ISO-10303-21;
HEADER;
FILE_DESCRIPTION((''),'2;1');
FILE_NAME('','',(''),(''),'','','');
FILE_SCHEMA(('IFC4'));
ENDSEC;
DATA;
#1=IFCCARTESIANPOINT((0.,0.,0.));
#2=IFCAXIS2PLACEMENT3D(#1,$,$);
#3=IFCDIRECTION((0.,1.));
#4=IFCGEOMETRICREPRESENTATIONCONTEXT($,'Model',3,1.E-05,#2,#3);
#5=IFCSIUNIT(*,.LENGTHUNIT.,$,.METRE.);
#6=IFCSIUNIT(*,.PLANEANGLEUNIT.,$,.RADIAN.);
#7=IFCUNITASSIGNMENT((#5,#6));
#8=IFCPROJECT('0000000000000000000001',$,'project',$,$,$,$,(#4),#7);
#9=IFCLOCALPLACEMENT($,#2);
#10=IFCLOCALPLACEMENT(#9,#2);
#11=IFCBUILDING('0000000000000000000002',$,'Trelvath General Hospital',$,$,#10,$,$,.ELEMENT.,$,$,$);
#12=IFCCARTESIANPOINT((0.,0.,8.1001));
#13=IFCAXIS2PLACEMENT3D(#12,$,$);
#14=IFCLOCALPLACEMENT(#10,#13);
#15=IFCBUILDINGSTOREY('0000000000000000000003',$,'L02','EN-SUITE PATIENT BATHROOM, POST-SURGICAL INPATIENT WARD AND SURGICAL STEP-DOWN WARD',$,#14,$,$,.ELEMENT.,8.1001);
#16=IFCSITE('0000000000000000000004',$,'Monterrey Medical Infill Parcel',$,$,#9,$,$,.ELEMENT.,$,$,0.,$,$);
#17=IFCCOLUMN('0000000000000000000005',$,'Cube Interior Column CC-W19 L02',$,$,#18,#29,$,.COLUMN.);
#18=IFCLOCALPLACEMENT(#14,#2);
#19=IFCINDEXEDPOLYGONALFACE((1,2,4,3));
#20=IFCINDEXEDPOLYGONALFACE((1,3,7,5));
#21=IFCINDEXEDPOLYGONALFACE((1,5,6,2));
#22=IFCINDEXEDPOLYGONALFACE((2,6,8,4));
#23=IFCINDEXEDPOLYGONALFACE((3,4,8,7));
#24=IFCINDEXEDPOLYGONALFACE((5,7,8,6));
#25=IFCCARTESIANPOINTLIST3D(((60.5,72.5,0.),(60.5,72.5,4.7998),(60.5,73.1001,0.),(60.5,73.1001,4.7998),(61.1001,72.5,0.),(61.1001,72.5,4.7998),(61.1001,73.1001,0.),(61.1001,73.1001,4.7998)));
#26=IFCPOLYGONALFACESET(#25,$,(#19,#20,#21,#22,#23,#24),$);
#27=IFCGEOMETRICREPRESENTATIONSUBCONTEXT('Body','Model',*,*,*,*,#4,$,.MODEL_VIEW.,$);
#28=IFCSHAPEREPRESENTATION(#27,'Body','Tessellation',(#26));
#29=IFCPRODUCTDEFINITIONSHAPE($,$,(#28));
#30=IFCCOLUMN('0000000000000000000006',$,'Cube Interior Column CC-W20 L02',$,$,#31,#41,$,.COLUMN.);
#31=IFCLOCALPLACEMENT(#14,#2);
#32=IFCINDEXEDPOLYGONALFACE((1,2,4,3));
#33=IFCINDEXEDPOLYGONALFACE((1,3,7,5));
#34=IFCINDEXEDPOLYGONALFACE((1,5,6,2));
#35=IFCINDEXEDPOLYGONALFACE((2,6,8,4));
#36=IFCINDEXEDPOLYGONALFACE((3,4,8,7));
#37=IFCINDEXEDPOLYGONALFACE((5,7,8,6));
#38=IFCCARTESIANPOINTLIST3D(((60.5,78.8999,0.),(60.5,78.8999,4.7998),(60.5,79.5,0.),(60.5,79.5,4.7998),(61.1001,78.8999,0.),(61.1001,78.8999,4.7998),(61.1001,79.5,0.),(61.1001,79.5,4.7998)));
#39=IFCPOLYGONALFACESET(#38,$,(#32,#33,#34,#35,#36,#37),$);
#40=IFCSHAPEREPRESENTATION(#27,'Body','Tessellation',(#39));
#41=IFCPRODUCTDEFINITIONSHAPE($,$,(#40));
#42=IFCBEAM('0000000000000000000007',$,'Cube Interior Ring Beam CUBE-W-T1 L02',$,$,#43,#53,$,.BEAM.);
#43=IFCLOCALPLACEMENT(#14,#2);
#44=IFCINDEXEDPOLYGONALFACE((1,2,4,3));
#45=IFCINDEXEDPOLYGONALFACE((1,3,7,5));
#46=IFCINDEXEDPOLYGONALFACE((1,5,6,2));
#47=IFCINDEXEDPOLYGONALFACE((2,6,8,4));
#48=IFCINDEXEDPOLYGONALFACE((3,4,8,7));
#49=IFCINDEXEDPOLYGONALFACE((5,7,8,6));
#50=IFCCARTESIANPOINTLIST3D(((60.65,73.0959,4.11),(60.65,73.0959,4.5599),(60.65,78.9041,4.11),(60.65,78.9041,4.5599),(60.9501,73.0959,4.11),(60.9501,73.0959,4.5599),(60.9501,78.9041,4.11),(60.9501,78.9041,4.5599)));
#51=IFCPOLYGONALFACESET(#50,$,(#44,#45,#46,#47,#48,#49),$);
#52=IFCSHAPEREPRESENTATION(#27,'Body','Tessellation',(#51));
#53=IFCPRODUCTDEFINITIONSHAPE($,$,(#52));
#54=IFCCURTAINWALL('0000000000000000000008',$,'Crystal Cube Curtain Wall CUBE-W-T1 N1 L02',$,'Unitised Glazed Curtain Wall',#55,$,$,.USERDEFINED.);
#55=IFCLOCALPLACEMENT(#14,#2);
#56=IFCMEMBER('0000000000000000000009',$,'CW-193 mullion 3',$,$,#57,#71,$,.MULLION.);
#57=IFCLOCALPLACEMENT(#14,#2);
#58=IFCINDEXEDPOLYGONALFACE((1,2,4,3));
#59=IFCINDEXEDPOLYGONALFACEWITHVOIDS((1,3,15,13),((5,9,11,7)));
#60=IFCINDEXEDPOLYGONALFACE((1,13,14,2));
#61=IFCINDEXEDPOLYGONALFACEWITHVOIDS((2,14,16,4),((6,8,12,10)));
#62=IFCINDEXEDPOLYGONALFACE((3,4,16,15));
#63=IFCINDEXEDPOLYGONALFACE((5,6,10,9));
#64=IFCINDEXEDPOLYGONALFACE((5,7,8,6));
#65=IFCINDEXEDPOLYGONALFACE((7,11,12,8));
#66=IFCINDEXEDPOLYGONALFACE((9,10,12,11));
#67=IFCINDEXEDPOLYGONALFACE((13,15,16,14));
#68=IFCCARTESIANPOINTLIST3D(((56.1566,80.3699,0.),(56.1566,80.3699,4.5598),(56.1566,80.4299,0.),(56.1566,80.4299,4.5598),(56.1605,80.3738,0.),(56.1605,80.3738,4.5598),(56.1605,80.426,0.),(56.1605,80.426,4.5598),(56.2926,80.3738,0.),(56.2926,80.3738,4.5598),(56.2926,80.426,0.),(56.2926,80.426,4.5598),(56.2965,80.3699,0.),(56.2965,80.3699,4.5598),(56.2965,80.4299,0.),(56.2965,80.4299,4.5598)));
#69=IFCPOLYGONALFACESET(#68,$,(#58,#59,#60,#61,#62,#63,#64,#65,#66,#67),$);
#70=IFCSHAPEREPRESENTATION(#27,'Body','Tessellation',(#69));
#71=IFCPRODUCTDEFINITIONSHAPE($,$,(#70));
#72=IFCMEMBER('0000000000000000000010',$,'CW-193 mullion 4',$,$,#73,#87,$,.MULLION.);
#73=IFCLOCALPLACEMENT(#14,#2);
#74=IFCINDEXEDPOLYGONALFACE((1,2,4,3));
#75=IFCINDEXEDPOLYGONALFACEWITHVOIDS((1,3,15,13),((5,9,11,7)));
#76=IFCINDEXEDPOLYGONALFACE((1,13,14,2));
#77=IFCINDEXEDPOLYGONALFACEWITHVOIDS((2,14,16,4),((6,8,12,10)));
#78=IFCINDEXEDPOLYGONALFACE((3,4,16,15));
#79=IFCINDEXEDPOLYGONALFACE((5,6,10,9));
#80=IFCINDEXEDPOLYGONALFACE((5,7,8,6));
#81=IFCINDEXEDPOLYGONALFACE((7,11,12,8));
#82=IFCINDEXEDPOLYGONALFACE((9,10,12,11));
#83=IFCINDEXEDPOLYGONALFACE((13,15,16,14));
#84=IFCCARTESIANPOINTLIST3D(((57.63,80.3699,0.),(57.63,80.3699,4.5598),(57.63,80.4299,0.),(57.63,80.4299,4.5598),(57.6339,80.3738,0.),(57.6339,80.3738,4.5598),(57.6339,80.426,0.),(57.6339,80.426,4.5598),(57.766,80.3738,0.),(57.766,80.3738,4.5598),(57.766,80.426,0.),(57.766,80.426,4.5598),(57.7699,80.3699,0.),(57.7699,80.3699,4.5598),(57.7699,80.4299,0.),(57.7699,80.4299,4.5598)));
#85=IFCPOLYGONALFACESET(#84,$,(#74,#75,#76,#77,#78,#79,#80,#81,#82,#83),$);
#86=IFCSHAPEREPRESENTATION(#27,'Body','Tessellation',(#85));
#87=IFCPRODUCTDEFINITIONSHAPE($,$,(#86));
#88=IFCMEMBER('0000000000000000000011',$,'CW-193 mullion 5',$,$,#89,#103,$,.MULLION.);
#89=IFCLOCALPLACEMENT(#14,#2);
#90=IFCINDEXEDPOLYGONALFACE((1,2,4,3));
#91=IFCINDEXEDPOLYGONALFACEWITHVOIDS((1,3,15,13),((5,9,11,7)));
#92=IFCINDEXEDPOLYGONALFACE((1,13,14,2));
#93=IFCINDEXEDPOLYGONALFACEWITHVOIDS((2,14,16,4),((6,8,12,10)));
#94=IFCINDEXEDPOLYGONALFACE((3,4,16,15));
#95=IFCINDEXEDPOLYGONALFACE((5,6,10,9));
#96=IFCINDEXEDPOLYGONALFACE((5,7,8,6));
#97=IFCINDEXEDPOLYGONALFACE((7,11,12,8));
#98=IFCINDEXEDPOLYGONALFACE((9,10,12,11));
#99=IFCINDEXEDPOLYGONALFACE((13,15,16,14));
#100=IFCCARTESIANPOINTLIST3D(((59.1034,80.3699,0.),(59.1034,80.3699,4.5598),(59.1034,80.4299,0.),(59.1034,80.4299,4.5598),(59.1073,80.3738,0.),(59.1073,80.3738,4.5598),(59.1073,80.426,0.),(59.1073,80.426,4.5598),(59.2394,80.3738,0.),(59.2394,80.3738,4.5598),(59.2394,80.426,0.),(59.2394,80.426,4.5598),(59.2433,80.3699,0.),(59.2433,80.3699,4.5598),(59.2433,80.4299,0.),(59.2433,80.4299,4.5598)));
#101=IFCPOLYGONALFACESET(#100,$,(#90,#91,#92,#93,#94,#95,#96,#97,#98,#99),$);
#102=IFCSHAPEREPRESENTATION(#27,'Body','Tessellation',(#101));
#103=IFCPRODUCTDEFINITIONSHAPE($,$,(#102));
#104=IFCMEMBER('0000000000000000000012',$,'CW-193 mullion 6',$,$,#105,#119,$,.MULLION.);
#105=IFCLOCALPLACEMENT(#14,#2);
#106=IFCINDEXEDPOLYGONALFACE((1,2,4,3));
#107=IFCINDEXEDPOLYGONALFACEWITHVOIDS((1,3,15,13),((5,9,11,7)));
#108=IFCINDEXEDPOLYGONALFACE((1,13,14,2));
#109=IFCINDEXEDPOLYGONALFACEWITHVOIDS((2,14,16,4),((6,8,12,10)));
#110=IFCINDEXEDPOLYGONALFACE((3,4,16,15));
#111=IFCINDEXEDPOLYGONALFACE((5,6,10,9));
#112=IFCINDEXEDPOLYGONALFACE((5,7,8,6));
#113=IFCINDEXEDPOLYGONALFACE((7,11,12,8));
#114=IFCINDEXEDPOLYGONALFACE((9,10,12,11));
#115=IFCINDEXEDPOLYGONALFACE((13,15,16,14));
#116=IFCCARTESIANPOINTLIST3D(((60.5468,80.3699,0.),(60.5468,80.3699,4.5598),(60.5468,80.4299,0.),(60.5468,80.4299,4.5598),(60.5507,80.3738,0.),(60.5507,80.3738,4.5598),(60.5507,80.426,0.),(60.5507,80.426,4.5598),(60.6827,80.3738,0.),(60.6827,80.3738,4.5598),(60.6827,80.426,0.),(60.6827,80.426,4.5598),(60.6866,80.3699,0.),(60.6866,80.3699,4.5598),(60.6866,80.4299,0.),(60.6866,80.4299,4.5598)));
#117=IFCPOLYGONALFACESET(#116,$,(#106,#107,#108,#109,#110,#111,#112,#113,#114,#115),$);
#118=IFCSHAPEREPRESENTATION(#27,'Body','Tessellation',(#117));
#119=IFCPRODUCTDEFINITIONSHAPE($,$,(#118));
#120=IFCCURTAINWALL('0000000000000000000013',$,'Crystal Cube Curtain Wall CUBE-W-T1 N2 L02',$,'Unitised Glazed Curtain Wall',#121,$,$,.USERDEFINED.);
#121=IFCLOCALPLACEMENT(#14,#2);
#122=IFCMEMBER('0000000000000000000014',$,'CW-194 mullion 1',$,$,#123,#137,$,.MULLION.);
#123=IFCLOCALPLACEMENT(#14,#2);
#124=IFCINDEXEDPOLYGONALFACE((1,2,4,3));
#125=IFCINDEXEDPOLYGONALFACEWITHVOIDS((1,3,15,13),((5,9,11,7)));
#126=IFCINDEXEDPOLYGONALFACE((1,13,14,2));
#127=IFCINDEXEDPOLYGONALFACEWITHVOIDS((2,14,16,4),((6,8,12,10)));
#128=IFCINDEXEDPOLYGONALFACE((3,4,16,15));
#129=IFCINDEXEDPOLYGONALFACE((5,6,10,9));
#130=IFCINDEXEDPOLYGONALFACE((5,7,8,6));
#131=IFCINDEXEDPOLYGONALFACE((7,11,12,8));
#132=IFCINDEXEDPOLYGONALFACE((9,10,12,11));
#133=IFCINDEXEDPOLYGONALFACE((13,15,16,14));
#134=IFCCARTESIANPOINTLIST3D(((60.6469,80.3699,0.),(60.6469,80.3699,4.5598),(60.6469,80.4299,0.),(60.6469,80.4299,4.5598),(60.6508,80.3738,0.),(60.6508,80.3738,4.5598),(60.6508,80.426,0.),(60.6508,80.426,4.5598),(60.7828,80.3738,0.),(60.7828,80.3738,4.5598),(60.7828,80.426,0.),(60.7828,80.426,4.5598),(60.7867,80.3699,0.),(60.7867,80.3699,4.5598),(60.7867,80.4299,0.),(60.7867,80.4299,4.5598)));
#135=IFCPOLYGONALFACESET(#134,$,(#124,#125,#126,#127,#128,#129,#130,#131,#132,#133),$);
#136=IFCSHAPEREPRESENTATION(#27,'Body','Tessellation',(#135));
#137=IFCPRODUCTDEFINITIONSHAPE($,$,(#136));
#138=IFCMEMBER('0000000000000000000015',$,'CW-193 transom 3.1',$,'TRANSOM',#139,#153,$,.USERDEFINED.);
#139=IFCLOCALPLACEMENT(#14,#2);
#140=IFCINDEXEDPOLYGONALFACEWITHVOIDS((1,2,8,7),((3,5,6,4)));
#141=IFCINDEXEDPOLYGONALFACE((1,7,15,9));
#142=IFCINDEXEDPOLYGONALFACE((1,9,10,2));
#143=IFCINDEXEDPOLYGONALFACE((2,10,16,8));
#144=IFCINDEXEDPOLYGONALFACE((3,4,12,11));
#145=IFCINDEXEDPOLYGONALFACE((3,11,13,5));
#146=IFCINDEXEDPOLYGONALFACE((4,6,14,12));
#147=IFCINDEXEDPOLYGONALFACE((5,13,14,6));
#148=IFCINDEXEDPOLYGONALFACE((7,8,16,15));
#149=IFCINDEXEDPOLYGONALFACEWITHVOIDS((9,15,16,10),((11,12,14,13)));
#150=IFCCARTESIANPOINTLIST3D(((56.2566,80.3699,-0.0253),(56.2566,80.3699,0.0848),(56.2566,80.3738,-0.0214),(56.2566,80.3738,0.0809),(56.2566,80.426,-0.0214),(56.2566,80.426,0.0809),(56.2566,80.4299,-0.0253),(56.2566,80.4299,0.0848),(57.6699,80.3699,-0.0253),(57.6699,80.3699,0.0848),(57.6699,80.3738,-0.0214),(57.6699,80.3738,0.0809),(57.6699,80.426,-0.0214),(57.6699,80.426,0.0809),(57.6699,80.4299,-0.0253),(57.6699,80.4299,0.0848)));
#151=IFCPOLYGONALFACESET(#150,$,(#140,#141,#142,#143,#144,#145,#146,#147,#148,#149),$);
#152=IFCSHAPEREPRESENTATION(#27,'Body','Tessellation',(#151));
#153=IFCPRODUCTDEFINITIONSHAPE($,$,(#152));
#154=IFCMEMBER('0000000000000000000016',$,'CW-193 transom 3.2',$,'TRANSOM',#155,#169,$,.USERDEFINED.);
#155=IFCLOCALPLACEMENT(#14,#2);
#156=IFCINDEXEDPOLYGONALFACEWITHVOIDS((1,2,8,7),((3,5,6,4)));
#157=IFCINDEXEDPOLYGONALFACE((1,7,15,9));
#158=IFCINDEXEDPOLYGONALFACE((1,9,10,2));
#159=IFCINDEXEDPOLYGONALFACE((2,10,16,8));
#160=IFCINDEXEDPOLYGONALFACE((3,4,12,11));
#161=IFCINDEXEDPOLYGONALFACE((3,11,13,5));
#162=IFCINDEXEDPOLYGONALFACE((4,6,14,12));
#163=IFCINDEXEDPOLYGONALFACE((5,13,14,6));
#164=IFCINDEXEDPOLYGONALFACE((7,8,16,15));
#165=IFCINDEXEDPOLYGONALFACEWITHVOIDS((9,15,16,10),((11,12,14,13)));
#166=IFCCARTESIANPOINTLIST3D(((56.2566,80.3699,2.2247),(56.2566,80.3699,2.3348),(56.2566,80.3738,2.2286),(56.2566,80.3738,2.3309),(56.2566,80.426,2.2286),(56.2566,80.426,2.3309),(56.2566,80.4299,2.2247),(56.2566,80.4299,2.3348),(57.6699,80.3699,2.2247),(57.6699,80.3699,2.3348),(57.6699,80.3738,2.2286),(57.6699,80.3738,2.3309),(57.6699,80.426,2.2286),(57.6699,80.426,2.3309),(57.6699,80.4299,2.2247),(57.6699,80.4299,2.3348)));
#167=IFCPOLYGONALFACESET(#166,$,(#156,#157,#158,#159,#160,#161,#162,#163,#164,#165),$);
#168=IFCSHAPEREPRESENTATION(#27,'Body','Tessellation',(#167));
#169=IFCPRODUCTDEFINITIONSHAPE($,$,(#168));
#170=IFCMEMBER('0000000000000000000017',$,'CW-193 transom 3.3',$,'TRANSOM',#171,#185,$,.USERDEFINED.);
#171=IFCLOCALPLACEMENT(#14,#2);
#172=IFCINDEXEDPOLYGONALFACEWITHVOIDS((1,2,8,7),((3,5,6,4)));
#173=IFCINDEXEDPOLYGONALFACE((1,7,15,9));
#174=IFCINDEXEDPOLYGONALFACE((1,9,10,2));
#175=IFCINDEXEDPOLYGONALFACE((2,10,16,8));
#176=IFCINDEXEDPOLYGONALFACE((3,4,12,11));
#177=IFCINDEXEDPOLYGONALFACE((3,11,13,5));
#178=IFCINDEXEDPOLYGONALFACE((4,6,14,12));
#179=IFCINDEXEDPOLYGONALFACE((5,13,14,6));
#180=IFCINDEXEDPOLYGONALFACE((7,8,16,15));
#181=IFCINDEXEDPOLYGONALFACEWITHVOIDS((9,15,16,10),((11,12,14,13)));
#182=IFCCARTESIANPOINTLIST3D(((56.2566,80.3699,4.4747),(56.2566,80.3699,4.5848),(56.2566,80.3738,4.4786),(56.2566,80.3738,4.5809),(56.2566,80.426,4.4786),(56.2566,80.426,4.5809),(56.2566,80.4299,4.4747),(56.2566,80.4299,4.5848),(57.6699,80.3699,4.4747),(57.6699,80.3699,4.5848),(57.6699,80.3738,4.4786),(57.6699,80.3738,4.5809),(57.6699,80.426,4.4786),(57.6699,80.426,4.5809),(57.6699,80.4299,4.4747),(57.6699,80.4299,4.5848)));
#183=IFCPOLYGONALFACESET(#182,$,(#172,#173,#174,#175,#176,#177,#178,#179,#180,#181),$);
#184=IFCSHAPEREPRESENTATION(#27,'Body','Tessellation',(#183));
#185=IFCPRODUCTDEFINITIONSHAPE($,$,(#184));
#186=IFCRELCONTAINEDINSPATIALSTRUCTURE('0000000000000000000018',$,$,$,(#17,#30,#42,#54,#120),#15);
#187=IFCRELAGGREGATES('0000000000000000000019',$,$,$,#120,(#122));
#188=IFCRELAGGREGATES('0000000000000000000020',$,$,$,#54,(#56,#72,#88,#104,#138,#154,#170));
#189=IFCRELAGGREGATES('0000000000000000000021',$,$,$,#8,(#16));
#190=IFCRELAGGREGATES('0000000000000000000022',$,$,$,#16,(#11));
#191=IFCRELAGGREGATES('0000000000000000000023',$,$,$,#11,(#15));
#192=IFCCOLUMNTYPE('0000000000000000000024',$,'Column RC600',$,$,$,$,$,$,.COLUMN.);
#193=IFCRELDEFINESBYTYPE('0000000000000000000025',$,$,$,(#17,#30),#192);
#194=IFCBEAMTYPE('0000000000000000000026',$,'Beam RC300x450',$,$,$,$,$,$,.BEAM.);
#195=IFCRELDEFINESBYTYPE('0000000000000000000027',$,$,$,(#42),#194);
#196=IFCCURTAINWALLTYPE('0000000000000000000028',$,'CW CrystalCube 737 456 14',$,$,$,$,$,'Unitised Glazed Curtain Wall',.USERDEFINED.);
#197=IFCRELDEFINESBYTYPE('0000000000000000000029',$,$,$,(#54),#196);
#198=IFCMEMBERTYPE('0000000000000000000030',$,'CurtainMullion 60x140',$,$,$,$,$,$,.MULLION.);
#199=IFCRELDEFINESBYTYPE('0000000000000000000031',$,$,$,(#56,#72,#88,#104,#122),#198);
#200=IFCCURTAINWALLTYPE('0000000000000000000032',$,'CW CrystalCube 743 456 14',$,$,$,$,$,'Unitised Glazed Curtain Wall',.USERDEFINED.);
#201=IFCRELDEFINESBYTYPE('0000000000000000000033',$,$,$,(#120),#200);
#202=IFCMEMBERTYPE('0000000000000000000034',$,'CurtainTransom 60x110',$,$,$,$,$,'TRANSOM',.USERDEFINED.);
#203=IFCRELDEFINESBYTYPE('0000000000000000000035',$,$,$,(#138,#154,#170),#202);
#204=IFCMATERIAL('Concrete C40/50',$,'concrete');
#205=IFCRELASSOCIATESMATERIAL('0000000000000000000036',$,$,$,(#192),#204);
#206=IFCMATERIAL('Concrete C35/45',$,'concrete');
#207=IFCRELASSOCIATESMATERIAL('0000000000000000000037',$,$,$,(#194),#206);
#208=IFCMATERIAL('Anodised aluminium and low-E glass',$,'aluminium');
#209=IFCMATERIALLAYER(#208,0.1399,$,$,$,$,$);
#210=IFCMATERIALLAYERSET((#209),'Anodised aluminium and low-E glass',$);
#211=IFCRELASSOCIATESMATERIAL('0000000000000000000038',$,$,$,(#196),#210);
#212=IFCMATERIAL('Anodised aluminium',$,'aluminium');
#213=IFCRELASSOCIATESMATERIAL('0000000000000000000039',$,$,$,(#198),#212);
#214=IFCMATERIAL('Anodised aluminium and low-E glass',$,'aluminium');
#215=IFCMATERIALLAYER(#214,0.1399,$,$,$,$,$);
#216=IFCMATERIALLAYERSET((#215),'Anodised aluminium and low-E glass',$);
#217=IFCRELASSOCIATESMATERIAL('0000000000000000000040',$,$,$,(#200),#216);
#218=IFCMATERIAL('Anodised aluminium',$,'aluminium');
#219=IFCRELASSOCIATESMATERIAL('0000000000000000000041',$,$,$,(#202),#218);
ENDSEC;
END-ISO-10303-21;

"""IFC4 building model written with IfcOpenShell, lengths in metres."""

from ifc_helpers import new_model, si_unit, direction, frame, origin, origin_2d, place, context, subcontext, project, spatial, rectangle, hollow_rectangle, extrude, material, layer, layer_set, material_profile, profile_set, type_object, element, aggregate, save


model = new_model("IFC4")

# Units and contexts
model_context = context("Model", 3, precision=1e-05, world=origin(), true_north=direction((0.0, 1.0)))
body_context = subcontext(model_context, "Body", "Model", "MODEL_VIEW")
ifc_project = project(units=[si_unit("LENGTHUNIT", "METRE"), si_unit("PLANEANGLEUNIT", "RADIAN")], contexts=[model_context])

# Site, building, storey
site_placement = place(None, origin())
site = spatial("IfcSite", under=ifc_project, at=site_placement, Name="Monterrey Medical Infill Parcel", CompositionType="ELEMENT", RefElevation=0.0)
building_placement = place(site_placement, origin())
building = spatial("IfcBuilding", under=site, at=building_placement, Name="Trelvath General Hospital", CompositionType="ELEMENT")
storey_placement = place(building_placement, frame((0.0, 0.0, 8.1001)))
storey = spatial("IfcBuildingStorey", under=building, at=storey_placement, Name="L02", Description="EN-SUITE PATIENT BATHROOM, POST-SURGICAL INPATIENT WARD AND SURGICAL STEP-DOWN WARD", CompositionType="ELEMENT", Elevation=8.1001)

# Columns
ifc_material_1 = material(Name="Concrete C40/50", Category="concrete")
ifc_material_profile_1 = material_profile(ifc_material_1, rectangle(XDim=0.6001, YDim=0.6001, at=origin_2d()), Name="RC600x600")
ifc_profile_set_1 = profile_set([ifc_material_profile_1], Name="Concrete C40/50")
column_type = type_object("IfcColumnType", Name="Column RC600", PredefinedType="COLUMN", material=ifc_profile_set_1)
for number, where, z_axis, x_axis, name in (
    (1, (60.8, 72.8, 0.0), (0.0, 0.0, 1.0), (1.0, 0.0, 0.0), "Cube Interior Column CC-W19 L02"),
    (2, (60.8, 79.2, 0.0), (0.0, 0.0, 1.0), (1.0, 0.0, 0.0), "Cube Interior Column CC-W20 L02"),
):
    element("IfcColumn", number, at=place(storey_placement, frame(where, z_axis=z_axis, x_axis=x_axis)), inside=storey, type_object=column_type, Name=name, PredefinedType="COLUMN", context=body_context, shape_type="SweptSolid", body=[
        extrude(rectangle(XDim=0.6001, YDim=0.6001, at=origin_2d()), origin(), (0.0, 0.0, 1.0), 4.7998),
    ])

# Beam
ifc_material_2 = material(Name="Concrete C35/45", Category="concrete")
ifc_material_profile_2 = material_profile(ifc_material_2, rectangle(XDim=0.3, YDim=0.45, at=origin_2d()), Name="RCB300x450")
ifc_profile_set_2 = profile_set([ifc_material_profile_2], Name="Concrete C35/45")
beam_type = type_object("IfcBeamType", Name="Beam RC300x450", PredefinedType="BEAM", material=ifc_profile_set_2)
beam_placement = place(storey_placement, frame((60.8, 73.0959, 4.335), z_axis=(0.0, 1.0, 0.0), x_axis=(-1.0, 0.0, 0.0)))
element("IfcBeam", 3, at=beam_placement, inside=storey, type_object=beam_type, Name="Cube Interior Ring Beam CUBE-W-T1 L02", PredefinedType="BEAM", context=body_context, shape_type="SweptSolid", body=[
    extrude(rectangle(XDim=0.3, YDim=0.45, at=origin_2d()), origin(), (0.0, 0.0, 1.0), 5.8081),
])

# Curtain wall, members
ifc_material_3 = material(Name="Anodised aluminium and low-E glass", Category="aluminium")
ifc_layer_1 = layer(ifc_material_3, 0.1399)
ifc_layer_set_1 = layer_set([ifc_layer_1], Name="Anodised aluminium and low-E glass")
curtain_wall_type_1 = type_object("IfcCurtainWallType", Name="CW CrystalCube 737 456 14", ElementType="Unitised Glazed Curtain Wall", PredefinedType="USERDEFINED", material=ifc_layer_set_1)
curtain_wall_1_placement = place(storey_placement, origin())
curtain_wall_1 = element("IfcCurtainWall", 4, at=curtain_wall_1_placement, inside=storey, type_object=curtain_wall_type_1, Name="Crystal Cube Curtain Wall CUBE-W-T1 N1 L02", ObjectType="Unitised Glazed Curtain Wall", PredefinedType="USERDEFINED")
ifc_material_4 = material(Name="Anodised aluminium", Category="aluminium")
ifc_material_profile_3 = material_profile(ifc_material_4, hollow_rectangle(XDim=0.0601, YDim=0.1399, WallThickness=0.0039, at=origin_2d()), Name="RHS60x140x4")
ifc_profile_set_3 = profile_set([ifc_material_profile_3], Name="Anodised aluminium")
member_type_1 = type_object("IfcMemberType", Name="CurtainMullion 60x140", PredefinedType="MULLION", material=ifc_profile_set_3)
member_1_placement = place(storey_placement, frame((56.2266, 80.3999, 0.0), z_axis=(0.0, 0.0, 1.0), x_axis=(0.0, 1.0, 0.0)))
member_1 = element("IfcMember", 5, at=member_1_placement, type_object=member_type_1, Name="CW-193 mullion 3", PredefinedType="MULLION", context=body_context, shape_type="SweptSolid", body=[
    extrude(hollow_rectangle(XDim=0.0601, YDim=0.1399, WallThickness=0.0039, at=origin_2d()), origin(), (0.0, 0.0, 1.0), 4.5598),
])
member_2_placement = place(storey_placement, frame((57.7, 80.3999, 0.0), z_axis=(0.0, 0.0, 1.0), x_axis=(0.0, 1.0, 0.0)))
member_2 = element("IfcMember", 6, at=member_2_placement, type_object=member_type_1, Name="CW-193 mullion 4", PredefinedType="MULLION", context=body_context, shape_type="SweptSolid", body=[
    extrude(hollow_rectangle(XDim=0.0601, YDim=0.1399, WallThickness=0.0039, at=origin_2d()), origin(), (0.0, 0.0, 1.0), 4.5598),
])
member_3_placement = place(storey_placement, frame((59.1733, 80.3999, 0.0), z_axis=(0.0, 0.0, 1.0), x_axis=(0.0, 1.0, 0.0)))
member_3 = element("IfcMember", 7, at=member_3_placement, type_object=member_type_1, Name="CW-193 mullion 5", PredefinedType="MULLION", context=body_context, shape_type="SweptSolid", body=[
    extrude(hollow_rectangle(XDim=0.0601, YDim=0.1399, WallThickness=0.0039, at=origin_2d()), origin(), (0.0, 0.0, 1.0), 4.5598),
])
member_4_placement = place(storey_placement, frame((60.6167, 80.3999, 0.0), z_axis=(0.0, 0.0, 1.0), x_axis=(0.0, 1.0, 0.0)))
member_4 = element("IfcMember", 8, at=member_4_placement, type_object=member_type_1, Name="CW-193 mullion 6", PredefinedType="MULLION", context=body_context, shape_type="SweptSolid", body=[
    extrude(hollow_rectangle(XDim=0.0601, YDim=0.1399, WallThickness=0.0039, at=origin_2d()), origin(), (0.0, 0.0, 1.0), 4.5598),
])

# Curtain wall, member
ifc_material_5 = material(Name="Anodised aluminium and low-E glass", Category="aluminium")
ifc_layer_2 = layer(ifc_material_5, 0.1399)
ifc_layer_set_2 = layer_set([ifc_layer_2], Name="Anodised aluminium and low-E glass")
curtain_wall_type_2 = type_object("IfcCurtainWallType", Name="CW CrystalCube 743 456 14", ElementType="Unitised Glazed Curtain Wall", PredefinedType="USERDEFINED", material=ifc_layer_set_2)
curtain_wall_2_placement = place(storey_placement, origin())
curtain_wall_2 = element("IfcCurtainWall", 9, at=curtain_wall_2_placement, inside=storey, type_object=curtain_wall_type_2, Name="Crystal Cube Curtain Wall CUBE-W-T1 N2 L02", ObjectType="Unitised Glazed Curtain Wall", PredefinedType="USERDEFINED")
member_5_placement = place(storey_placement, frame((60.7168, 80.3999, 0.0), z_axis=(0.0, 0.0, 1.0), x_axis=(0.0, 1.0, 0.0)))
member_5 = element("IfcMember", 10, at=member_5_placement, type_object=member_type_1, Name="CW-194 mullion 1", PredefinedType="MULLION", context=body_context, shape_type="SweptSolid", body=[
    extrude(hollow_rectangle(XDim=0.0601, YDim=0.1399, WallThickness=0.0039, at=origin_2d()), origin(), (0.0, 0.0, 1.0), 4.5598),
])
aggregate(curtain_wall_2, [member_5])

# Members
ifc_material_6 = material(Name="Anodised aluminium", Category="aluminium")
ifc_material_profile_4 = material_profile(ifc_material_6, hollow_rectangle(XDim=0.0601, YDim=0.1101, WallThickness=0.0039, at=origin_2d()), Name="RHS60x110x4")
ifc_profile_set_4 = profile_set([ifc_material_profile_4], Name="Anodised aluminium")
member_type_2 = type_object("IfcMemberType", Name="CurtainTransom 60x110", ElementType="TRANSOM", PredefinedType="USERDEFINED", material=ifc_profile_set_4)
member_6_placement = place(storey_placement, frame((56.2566, 80.3999, 0.0298), z_axis=(1.0, 0.0, 0.0), x_axis=(0.0, 1.0, 0.0)))
member_6 = element("IfcMember", 11, at=member_6_placement, type_object=member_type_2, Name="CW-193 transom 3.1", ObjectType="TRANSOM", PredefinedType="USERDEFINED", context=body_context, shape_type="SweptSolid", body=[
    extrude(hollow_rectangle(XDim=0.0601, YDim=0.1101, WallThickness=0.0039, at=origin_2d()), origin(), (0.0, 0.0, 1.0), 1.4133),
])
member_7_placement = place(storey_placement, frame((56.2566, 80.3999, 2.2798), z_axis=(1.0, 0.0, 0.0), x_axis=(0.0, 1.0, 0.0)))
member_7 = element("IfcMember", 12, at=member_7_placement, type_object=member_type_2, Name="CW-193 transom 3.2", ObjectType="TRANSOM", PredefinedType="USERDEFINED", context=body_context, shape_type="SweptSolid", body=[
    extrude(hollow_rectangle(XDim=0.0601, YDim=0.1101, WallThickness=0.0039, at=origin_2d()), origin(), (0.0, 0.0, 1.0), 1.4133),
])
member_8_placement = place(storey_placement, frame((56.2566, 80.3999, 4.5298), z_axis=(1.0, 0.0, 0.0), x_axis=(0.0, 1.0, 0.0)))
member_8 = element("IfcMember", 13, at=member_8_placement, type_object=member_type_2, Name="CW-193 transom 3.3", ObjectType="TRANSOM", PredefinedType="USERDEFINED", context=body_context, shape_type="SweptSolid", body=[
    extrude(hollow_rectangle(XDim=0.0601, YDim=0.1101, WallThickness=0.0039, at=origin_2d()), origin(), (0.0, 0.0, 1.0), 1.4133),
])

aggregate(curtain_wall_1, [member_1, member_2, member_3, member_4, member_6, member_7, member_8])

save(model, "model.ifc")
